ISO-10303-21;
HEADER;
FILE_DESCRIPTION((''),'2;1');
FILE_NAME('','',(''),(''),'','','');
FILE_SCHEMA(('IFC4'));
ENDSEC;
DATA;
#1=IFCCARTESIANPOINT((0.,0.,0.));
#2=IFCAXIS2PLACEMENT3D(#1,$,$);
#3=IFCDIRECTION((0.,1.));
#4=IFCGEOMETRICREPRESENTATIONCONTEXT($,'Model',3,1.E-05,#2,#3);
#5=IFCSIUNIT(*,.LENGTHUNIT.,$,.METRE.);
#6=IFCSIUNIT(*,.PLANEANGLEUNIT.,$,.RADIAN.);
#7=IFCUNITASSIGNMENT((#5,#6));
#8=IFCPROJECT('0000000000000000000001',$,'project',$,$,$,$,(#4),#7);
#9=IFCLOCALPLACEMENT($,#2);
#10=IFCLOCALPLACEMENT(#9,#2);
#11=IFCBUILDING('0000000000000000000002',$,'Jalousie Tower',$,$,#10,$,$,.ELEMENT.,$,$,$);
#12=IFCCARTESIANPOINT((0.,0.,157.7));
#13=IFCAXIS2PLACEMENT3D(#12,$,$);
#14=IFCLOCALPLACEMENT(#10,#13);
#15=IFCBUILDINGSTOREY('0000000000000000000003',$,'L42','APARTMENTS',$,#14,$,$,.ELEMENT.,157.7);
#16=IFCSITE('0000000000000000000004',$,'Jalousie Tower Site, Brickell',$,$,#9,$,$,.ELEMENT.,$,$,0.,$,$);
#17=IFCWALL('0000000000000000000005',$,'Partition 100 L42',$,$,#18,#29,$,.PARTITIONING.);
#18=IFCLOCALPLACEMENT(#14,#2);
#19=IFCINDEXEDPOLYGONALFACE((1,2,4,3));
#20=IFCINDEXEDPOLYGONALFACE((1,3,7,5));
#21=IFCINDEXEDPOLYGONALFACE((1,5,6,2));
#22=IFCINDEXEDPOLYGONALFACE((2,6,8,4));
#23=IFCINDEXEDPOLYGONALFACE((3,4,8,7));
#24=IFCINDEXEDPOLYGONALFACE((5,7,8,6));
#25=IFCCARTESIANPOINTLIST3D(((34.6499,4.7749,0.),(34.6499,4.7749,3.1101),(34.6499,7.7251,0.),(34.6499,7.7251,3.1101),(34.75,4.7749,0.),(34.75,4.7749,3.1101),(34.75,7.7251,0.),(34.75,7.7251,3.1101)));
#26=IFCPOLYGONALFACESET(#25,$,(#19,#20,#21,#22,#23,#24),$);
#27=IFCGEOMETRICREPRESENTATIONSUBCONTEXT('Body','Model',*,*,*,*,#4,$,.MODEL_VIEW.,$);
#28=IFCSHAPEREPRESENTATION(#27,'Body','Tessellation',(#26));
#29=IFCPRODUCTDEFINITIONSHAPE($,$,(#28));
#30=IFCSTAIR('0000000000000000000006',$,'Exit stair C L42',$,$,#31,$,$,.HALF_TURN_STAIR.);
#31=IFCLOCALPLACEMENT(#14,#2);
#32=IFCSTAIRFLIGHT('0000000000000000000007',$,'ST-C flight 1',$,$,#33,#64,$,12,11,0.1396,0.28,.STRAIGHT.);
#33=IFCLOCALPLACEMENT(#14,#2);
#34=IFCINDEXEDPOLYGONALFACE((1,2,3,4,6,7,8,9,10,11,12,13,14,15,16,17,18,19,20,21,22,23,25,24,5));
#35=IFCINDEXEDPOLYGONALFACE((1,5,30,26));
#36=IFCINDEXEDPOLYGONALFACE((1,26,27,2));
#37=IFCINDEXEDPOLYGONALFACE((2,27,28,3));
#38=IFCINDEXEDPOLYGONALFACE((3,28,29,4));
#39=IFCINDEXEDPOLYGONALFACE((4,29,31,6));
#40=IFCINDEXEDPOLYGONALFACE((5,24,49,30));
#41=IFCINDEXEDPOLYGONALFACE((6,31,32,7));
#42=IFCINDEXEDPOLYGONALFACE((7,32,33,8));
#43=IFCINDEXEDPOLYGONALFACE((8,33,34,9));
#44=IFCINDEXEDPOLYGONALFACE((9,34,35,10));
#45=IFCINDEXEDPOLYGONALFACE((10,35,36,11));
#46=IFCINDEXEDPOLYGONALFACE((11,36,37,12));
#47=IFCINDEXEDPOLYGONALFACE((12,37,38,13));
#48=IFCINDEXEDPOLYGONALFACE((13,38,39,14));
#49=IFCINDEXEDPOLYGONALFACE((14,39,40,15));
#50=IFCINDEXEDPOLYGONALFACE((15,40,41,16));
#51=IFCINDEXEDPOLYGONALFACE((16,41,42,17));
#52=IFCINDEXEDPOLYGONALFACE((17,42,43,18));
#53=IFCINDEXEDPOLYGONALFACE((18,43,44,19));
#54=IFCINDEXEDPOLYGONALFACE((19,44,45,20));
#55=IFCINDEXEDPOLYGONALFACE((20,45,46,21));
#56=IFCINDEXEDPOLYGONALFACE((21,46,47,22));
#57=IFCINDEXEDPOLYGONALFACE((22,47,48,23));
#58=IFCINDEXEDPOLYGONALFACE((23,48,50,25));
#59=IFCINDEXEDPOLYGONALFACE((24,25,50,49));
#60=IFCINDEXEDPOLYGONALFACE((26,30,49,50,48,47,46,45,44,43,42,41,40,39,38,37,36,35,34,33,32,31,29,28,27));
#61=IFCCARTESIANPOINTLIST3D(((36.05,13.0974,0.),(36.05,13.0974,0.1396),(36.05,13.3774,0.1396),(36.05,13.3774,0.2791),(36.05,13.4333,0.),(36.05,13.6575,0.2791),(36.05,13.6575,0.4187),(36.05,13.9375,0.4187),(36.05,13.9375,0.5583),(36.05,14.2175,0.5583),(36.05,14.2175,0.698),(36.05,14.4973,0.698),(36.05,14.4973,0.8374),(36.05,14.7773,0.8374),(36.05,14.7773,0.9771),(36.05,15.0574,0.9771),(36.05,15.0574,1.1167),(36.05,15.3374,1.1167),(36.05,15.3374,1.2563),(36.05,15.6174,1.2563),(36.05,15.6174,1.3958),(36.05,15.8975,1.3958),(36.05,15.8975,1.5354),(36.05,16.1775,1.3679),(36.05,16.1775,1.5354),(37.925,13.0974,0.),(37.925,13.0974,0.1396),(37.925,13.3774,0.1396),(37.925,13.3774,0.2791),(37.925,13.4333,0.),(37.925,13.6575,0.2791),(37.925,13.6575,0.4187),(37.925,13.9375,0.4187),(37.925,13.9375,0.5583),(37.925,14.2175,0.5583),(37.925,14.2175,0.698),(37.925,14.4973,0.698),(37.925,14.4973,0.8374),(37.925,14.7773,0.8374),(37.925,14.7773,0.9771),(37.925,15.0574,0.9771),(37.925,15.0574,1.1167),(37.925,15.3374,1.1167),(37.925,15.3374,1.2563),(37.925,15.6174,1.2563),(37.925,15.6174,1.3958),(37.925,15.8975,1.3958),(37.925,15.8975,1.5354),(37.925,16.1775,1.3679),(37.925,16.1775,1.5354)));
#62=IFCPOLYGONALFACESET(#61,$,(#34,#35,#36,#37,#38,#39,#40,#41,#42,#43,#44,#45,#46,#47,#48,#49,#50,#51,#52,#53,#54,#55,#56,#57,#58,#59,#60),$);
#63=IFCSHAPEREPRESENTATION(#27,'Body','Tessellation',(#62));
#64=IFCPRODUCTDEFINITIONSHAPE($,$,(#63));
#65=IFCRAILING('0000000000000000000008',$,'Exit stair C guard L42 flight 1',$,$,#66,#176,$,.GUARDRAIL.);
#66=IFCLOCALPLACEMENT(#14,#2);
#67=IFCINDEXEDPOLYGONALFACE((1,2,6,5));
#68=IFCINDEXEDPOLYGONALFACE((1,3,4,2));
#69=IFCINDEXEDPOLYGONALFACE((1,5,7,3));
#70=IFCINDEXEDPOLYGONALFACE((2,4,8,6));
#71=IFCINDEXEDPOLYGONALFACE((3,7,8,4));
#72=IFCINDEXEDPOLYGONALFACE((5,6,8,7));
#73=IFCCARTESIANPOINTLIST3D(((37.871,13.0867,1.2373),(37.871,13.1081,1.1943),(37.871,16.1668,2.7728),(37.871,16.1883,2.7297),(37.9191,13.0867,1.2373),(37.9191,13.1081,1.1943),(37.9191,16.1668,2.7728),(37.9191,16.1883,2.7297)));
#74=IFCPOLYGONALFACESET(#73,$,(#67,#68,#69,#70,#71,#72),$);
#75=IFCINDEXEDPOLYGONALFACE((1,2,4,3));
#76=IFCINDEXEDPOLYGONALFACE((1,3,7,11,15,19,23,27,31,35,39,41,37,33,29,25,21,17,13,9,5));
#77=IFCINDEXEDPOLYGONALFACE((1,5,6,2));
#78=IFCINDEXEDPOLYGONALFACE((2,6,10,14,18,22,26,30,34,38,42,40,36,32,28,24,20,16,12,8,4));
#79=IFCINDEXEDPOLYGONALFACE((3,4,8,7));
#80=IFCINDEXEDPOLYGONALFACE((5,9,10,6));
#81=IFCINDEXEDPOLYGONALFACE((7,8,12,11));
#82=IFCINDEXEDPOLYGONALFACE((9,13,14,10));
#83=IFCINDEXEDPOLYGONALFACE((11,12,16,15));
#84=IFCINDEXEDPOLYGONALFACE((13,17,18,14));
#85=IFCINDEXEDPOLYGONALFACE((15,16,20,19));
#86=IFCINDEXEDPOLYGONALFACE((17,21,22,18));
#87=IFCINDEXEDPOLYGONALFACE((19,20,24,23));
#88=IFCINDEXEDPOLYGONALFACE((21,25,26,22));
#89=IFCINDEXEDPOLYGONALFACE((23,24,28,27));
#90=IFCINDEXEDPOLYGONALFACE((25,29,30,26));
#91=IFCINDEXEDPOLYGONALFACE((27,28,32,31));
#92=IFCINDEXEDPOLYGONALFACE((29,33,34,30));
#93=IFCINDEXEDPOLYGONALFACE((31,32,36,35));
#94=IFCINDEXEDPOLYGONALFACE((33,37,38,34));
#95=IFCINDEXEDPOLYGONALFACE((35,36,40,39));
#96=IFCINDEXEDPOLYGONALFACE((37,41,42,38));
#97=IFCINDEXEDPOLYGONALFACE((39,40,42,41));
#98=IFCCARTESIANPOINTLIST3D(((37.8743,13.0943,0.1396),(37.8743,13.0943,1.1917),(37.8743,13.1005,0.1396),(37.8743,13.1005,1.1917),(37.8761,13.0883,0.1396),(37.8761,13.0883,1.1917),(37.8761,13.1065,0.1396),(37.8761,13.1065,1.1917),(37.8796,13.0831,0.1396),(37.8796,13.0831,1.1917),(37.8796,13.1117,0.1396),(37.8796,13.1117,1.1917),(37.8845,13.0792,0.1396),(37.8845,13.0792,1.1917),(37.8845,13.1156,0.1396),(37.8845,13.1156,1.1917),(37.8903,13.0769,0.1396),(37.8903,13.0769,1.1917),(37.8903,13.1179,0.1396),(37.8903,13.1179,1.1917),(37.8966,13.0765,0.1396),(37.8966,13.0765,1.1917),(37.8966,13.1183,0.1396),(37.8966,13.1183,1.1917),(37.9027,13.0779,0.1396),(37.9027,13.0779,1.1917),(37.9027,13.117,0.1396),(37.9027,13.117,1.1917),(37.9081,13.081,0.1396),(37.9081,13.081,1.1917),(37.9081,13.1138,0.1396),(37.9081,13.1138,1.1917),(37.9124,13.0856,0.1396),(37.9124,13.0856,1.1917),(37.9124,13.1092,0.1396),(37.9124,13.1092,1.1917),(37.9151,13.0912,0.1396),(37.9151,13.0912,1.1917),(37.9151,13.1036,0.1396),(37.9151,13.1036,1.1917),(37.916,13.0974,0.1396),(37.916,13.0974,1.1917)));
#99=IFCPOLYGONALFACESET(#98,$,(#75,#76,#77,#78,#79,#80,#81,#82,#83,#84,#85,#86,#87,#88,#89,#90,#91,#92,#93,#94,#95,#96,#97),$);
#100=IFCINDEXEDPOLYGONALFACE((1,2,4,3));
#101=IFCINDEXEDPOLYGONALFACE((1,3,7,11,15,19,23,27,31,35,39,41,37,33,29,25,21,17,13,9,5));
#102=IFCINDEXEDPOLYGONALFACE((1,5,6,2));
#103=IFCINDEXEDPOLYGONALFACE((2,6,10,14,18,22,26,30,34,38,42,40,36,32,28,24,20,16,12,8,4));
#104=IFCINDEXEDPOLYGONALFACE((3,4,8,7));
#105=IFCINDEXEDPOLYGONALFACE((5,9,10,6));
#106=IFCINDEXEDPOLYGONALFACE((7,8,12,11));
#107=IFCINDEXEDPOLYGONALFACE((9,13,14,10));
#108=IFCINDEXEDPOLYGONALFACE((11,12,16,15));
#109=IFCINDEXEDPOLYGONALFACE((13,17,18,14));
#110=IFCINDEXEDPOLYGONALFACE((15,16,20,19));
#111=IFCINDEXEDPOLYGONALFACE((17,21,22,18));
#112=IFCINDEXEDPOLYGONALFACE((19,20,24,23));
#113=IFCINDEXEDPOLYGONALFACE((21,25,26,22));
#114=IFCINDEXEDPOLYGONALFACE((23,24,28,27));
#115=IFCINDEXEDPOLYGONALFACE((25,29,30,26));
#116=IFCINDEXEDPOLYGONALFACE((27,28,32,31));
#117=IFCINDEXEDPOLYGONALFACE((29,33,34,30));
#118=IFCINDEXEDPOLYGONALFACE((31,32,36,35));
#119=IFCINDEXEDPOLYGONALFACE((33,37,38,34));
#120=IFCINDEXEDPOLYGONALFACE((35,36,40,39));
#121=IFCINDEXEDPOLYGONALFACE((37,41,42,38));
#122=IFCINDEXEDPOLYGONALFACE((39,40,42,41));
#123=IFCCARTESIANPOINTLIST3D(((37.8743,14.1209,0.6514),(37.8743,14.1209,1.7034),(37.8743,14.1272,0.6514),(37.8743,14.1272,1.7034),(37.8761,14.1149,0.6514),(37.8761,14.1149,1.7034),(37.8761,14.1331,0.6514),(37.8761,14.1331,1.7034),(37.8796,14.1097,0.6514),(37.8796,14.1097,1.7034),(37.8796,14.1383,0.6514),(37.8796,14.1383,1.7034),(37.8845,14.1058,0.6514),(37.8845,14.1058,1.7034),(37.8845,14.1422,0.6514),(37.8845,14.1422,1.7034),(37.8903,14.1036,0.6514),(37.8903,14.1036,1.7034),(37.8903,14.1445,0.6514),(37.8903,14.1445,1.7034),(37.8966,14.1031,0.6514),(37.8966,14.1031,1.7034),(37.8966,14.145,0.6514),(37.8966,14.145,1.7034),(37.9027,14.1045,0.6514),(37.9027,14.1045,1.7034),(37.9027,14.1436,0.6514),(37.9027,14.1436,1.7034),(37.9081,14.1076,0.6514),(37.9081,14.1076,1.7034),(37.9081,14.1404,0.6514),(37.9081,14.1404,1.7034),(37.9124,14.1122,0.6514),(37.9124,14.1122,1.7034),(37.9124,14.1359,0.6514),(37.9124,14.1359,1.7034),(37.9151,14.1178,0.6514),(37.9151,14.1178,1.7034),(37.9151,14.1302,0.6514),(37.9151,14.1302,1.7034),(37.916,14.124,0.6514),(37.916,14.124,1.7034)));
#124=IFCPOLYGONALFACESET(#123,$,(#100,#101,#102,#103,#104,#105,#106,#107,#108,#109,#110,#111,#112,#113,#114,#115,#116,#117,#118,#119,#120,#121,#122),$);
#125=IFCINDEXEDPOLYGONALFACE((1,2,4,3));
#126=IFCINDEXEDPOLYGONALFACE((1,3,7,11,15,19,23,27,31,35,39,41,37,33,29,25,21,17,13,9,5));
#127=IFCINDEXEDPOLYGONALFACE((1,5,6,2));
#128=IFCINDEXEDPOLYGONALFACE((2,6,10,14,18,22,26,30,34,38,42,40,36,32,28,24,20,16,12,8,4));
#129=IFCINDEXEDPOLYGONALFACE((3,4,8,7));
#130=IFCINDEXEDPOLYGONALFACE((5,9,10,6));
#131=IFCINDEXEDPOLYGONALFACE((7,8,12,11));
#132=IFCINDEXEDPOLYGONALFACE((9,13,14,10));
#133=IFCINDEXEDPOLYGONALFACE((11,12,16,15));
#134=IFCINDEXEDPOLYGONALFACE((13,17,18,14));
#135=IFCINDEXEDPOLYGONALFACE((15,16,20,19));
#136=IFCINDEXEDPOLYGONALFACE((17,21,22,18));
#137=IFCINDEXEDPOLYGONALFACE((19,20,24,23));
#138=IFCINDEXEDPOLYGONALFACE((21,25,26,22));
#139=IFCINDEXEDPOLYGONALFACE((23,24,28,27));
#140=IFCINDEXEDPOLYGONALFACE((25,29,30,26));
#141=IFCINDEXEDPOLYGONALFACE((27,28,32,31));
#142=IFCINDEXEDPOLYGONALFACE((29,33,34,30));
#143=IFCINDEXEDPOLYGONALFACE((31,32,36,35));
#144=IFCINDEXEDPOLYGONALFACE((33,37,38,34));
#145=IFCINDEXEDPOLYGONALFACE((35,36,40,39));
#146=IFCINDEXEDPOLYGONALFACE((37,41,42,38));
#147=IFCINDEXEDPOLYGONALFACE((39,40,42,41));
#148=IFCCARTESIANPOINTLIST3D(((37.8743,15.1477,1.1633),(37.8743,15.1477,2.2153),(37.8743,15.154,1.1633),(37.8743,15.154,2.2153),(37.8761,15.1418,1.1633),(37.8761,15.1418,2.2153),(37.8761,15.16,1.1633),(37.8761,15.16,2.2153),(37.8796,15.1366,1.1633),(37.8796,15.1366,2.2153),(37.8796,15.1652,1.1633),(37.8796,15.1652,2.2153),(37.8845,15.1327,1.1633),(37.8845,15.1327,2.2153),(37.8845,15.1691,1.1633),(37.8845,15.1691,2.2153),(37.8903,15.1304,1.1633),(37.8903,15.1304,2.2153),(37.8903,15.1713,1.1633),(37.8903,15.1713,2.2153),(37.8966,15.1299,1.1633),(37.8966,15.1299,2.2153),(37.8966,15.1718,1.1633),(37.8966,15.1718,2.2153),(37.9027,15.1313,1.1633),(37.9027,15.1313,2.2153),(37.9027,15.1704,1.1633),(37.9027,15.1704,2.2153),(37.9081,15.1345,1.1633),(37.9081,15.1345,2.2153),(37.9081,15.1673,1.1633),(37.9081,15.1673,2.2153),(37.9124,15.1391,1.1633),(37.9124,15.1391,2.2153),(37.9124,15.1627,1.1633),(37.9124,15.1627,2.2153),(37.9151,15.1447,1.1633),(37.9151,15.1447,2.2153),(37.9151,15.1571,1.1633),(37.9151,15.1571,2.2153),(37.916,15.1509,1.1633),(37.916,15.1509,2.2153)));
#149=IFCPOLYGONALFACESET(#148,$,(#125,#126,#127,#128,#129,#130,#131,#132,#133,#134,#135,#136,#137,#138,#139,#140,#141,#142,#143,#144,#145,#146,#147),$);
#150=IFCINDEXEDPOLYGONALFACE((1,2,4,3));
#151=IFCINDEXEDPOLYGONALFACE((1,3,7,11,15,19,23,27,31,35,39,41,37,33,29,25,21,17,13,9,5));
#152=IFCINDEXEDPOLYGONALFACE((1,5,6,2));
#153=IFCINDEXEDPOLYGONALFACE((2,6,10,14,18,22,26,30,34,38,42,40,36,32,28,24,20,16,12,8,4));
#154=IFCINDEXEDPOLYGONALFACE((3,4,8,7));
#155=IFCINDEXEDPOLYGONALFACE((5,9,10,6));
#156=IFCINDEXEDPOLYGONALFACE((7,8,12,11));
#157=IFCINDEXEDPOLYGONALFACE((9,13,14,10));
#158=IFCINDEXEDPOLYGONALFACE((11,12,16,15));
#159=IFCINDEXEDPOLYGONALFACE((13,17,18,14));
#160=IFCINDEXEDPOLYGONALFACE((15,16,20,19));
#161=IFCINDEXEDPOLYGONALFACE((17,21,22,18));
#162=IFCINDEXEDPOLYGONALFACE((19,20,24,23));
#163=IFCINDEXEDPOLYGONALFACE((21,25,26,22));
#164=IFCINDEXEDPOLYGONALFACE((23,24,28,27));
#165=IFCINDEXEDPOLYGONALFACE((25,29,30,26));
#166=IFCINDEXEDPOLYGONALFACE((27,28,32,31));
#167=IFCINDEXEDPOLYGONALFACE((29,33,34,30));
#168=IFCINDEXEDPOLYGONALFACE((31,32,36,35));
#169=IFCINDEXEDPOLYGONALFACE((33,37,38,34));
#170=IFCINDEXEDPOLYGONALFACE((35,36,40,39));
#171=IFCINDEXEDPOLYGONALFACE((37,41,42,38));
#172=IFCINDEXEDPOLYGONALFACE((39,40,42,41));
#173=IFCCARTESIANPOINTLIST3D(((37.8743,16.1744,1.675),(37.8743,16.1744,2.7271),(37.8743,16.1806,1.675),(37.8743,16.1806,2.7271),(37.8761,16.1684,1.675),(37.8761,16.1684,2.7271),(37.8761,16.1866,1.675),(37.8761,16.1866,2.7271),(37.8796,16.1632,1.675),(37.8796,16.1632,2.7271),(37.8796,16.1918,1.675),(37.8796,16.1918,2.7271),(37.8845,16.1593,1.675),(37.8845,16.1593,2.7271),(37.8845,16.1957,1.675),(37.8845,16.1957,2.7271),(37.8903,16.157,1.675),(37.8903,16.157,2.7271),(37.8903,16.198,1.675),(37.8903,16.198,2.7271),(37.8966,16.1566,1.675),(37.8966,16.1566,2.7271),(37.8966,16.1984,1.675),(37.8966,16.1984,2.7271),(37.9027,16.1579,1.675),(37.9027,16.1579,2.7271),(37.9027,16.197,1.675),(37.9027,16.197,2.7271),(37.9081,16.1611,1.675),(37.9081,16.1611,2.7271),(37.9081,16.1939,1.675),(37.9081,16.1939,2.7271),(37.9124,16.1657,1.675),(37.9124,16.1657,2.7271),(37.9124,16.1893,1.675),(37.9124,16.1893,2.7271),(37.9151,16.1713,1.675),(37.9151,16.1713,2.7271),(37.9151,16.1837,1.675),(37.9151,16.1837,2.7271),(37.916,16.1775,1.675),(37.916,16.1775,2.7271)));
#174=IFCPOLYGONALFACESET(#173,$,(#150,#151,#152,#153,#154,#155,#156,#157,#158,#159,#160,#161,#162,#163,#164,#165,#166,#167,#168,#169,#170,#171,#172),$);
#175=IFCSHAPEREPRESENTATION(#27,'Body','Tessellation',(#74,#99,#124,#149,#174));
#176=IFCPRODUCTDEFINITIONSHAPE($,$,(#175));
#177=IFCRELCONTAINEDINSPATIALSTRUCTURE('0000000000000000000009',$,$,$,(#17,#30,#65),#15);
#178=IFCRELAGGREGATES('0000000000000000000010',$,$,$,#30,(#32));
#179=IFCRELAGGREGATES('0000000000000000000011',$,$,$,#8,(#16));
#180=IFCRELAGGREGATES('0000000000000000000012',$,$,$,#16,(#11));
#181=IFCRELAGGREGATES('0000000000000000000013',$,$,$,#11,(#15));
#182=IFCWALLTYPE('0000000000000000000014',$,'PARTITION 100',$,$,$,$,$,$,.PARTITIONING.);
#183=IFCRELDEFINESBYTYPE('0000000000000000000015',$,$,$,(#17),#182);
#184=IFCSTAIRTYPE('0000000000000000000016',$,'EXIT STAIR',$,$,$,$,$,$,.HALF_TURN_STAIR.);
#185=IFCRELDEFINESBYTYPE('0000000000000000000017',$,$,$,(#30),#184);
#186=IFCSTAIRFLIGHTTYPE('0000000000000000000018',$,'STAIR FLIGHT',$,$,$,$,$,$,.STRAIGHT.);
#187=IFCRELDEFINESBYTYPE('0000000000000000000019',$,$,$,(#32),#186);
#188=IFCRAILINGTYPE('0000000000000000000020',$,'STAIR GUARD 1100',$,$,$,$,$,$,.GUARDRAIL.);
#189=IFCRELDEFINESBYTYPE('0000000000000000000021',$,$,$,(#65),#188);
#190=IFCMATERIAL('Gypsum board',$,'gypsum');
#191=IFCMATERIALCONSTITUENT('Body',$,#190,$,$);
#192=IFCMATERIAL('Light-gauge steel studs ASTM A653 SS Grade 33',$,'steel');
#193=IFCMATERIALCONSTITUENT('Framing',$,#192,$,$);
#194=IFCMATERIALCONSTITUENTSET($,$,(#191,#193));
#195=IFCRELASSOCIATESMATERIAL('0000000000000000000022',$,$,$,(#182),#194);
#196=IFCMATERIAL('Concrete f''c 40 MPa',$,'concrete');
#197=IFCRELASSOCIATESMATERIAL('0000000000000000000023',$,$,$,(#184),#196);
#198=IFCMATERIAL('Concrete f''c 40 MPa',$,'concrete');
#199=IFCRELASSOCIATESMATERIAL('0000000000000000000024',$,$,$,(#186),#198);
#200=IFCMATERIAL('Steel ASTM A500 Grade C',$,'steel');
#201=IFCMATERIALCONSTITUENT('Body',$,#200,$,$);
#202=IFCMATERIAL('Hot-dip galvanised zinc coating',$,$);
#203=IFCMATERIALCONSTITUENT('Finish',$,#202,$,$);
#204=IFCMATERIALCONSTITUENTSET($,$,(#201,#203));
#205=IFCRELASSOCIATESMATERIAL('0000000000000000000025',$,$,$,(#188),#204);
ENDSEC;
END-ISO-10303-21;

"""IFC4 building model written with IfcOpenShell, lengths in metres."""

from ifc_helpers import new_model, si_unit, direction, frame, frame_2d, origin, origin_2d, place, context, subcontext, project, spatial, polyline, rectangle, circle, outline, extrude, material, constituent, constituent_set, type_object, element, aggregate, save


model = new_model("IFC4")

# Units and contexts
model_context = context("Model", 3, precision=1e-05, world=origin(), true_north=direction((0.0, 1.0)))
body_context = subcontext(model_context, "Body", "Model", "MODEL_VIEW")
ifc_project = project(units=[si_unit("LENGTHUNIT", "METRE"), si_unit("PLANEANGLEUNIT", "RADIAN")], contexts=[model_context])

# Site, building, storey
site_placement = place(None, origin())
site = spatial("IfcSite", under=ifc_project, at=site_placement, Name="Jalousie Tower Site, Brickell", CompositionType="ELEMENT", RefElevation=0.0)
building_placement = place(site_placement, origin())
building = spatial("IfcBuilding", under=site, at=building_placement, Name="Jalousie Tower", CompositionType="ELEMENT")
storey_placement = place(building_placement, frame((0.0, 0.0, 157.7)))
storey = spatial("IfcBuildingStorey", under=building, at=storey_placement, Name="L42", Description="APARTMENTS", CompositionType="ELEMENT", Elevation=157.7)

# Wall
ifc_material_1 = material(Name="Gypsum board", Category="gypsum")
ifc_constituent_1 = constituent(ifc_material_1, Name="Body")
ifc_material_2 = material(Name="Light-gauge steel studs ASTM A653 SS Grade 33", Category="steel")
ifc_constituent_2 = constituent(ifc_material_2, Name="Framing")
ifc_constituent_set_1 = constituent_set(constituents=[ifc_constituent_1, ifc_constituent_2])
wall_type_1 = type_object("IfcWallType", Name="PARTITION 100", PredefinedType="PARTITIONING", material=ifc_constituent_set_1)
wall_1_placement = place(storey_placement, frame((34.7, 4.7749, 0.0), z_axis=(0.0, 0.0, 1.0), x_axis=(0.0, 1.0, 0.0)))
element("IfcWall", 1, at=wall_1_placement, inside=storey, type_object=wall_type_1, Name="Partition 100 L42", PredefinedType="PARTITIONING", context=body_context, shape_type="SweptSolid", body=[
    extrude(rectangle(XDim=2.9502, YDim=0.1001, at=frame_2d((1.4751, 0.0))), origin(), (0.0, 0.0, 1.0), 3.1101),
])

# Stair, stair flight
ifc_material_3 = material(Name="Concrete f'c 40 MPa", Category="concrete")
stair_type = type_object("IfcStairType", Name="EXIT STAIR", PredefinedType="HALF_TURN_STAIR", material=ifc_material_3)
stair_placement = place(storey_placement, origin())
stair = element("IfcStair", 2, at=stair_placement, inside=storey, type_object=stair_type, Name="Exit stair C L42", PredefinedType="HALF_TURN_STAIR")
ifc_material_4 = material(Name="Concrete f'c 40 MPa", Category="concrete")
stair_flight_type = type_object("IfcStairFlightType", Name="STAIR FLIGHT", PredefinedType="STRAIGHT", material=ifc_material_4)
stair_flight_placement = place(storey_placement, frame((36.9875, 13.0974, 0.0), z_axis=(0.0, 0.0, 1.0), x_axis=(0.0, 1.0, 0.0)))
stair_flight = element("IfcStairFlight", 3, at=stair_flight_placement, type_object=stair_flight_type, Name="ST-C flight 1", NumberOfRisers=12, NumberOfTreads=11, PredefinedType="STRAIGHT", RiserHeight=0.1396, TreadLength=0.28, context=body_context, shape_type="SweptSolid", body=[
    extrude(outline(polyline([(0.0, 0.0), (0.0, 0.1396), (0.28, 0.1396), (0.28, 0.2791), (0.5601, 0.2791), (0.5601, 0.4187), (0.8401, 0.4187), (0.8401, 0.5583), (1.1201, 0.5583), (1.1201, 0.698), (1.3999, 0.698), (1.3999, 0.8374), (1.6799, 0.8374), (1.6799, 0.9771), (1.96, 0.9771), (1.96, 1.1167), (2.24, 1.1167), (2.24, 1.2563), (2.52, 1.2563), (2.52, 1.3958), (2.8, 1.3958), (2.8, 1.5354), (3.0801, 1.5354), (3.0801, 1.675), (3.0801, 1.3679), (0.3359, 0.0), (0.0, 0.0)])), frame((0.0, 0.9375, 0.0), z_axis=(0.0, -1.0, 0.0), x_axis=(1.0, 0.0, 0.0)), (0.0, 0.0, 1.0), 1.875),
])
aggregate(stair, [stair_flight])

# Railing
ifc_material_5 = material(Name="Steel ASTM A500 Grade C", Category="steel")
ifc_constituent_3 = constituent(ifc_material_5, Name="Body")
ifc_material_6 = material(Name="Hot-dip galvanised zinc coating")
ifc_constituent_4 = constituent(ifc_material_6, Name="Finish")
ifc_constituent_set_2 = constituent_set(constituents=[ifc_constituent_3, ifc_constituent_4])
railing_type_1 = type_object("IfcRailingType", Name="STAIR GUARD 1100", PredefinedType="GUARDRAIL", material=ifc_constituent_set_2)
railing_1_placement = place(storey_placement, frame((37.895, 13.0974, 0.1396)))
element("IfcRailing", 4, at=railing_1_placement, inside=storey, type_object=railing_type_1, Name="Exit stair C guard L42 flight 1", PredefinedType="GUARDRAIL", context=body_context, shape_type="SweptSolid", body=[
    extrude(rectangle(XDim=0.0481, YDim=0.0481, at=origin_2d()), frame((0.0, 0.0, 1.0762), z_axis=(0.0, 0.894966, 0.446135), x_axis=(-1.0, 0.0, 0.0)), (0.0, 0.0, 1.0), 3.4417),
    extrude(circle(Radius=0.021, at=origin_2d()), origin(), (0.0, 0.0, 1.0), 1.052),
    extrude(circle(Radius=0.021, at=origin_2d()), frame((0.0, 1.0266, 0.5117)), (0.0, 0.0, 1.0), 1.052),
    extrude(circle(Radius=0.021, at=origin_2d()), frame((0.0, 2.0535, 1.0237)), (0.0, 0.0, 1.0), 1.052),
    extrude(circle(Radius=0.021, at=origin_2d()), frame((0.0, 3.0801, 1.5354)), (0.0, 0.0, 1.0), 1.052),
])

save(model, "model.ifc")
